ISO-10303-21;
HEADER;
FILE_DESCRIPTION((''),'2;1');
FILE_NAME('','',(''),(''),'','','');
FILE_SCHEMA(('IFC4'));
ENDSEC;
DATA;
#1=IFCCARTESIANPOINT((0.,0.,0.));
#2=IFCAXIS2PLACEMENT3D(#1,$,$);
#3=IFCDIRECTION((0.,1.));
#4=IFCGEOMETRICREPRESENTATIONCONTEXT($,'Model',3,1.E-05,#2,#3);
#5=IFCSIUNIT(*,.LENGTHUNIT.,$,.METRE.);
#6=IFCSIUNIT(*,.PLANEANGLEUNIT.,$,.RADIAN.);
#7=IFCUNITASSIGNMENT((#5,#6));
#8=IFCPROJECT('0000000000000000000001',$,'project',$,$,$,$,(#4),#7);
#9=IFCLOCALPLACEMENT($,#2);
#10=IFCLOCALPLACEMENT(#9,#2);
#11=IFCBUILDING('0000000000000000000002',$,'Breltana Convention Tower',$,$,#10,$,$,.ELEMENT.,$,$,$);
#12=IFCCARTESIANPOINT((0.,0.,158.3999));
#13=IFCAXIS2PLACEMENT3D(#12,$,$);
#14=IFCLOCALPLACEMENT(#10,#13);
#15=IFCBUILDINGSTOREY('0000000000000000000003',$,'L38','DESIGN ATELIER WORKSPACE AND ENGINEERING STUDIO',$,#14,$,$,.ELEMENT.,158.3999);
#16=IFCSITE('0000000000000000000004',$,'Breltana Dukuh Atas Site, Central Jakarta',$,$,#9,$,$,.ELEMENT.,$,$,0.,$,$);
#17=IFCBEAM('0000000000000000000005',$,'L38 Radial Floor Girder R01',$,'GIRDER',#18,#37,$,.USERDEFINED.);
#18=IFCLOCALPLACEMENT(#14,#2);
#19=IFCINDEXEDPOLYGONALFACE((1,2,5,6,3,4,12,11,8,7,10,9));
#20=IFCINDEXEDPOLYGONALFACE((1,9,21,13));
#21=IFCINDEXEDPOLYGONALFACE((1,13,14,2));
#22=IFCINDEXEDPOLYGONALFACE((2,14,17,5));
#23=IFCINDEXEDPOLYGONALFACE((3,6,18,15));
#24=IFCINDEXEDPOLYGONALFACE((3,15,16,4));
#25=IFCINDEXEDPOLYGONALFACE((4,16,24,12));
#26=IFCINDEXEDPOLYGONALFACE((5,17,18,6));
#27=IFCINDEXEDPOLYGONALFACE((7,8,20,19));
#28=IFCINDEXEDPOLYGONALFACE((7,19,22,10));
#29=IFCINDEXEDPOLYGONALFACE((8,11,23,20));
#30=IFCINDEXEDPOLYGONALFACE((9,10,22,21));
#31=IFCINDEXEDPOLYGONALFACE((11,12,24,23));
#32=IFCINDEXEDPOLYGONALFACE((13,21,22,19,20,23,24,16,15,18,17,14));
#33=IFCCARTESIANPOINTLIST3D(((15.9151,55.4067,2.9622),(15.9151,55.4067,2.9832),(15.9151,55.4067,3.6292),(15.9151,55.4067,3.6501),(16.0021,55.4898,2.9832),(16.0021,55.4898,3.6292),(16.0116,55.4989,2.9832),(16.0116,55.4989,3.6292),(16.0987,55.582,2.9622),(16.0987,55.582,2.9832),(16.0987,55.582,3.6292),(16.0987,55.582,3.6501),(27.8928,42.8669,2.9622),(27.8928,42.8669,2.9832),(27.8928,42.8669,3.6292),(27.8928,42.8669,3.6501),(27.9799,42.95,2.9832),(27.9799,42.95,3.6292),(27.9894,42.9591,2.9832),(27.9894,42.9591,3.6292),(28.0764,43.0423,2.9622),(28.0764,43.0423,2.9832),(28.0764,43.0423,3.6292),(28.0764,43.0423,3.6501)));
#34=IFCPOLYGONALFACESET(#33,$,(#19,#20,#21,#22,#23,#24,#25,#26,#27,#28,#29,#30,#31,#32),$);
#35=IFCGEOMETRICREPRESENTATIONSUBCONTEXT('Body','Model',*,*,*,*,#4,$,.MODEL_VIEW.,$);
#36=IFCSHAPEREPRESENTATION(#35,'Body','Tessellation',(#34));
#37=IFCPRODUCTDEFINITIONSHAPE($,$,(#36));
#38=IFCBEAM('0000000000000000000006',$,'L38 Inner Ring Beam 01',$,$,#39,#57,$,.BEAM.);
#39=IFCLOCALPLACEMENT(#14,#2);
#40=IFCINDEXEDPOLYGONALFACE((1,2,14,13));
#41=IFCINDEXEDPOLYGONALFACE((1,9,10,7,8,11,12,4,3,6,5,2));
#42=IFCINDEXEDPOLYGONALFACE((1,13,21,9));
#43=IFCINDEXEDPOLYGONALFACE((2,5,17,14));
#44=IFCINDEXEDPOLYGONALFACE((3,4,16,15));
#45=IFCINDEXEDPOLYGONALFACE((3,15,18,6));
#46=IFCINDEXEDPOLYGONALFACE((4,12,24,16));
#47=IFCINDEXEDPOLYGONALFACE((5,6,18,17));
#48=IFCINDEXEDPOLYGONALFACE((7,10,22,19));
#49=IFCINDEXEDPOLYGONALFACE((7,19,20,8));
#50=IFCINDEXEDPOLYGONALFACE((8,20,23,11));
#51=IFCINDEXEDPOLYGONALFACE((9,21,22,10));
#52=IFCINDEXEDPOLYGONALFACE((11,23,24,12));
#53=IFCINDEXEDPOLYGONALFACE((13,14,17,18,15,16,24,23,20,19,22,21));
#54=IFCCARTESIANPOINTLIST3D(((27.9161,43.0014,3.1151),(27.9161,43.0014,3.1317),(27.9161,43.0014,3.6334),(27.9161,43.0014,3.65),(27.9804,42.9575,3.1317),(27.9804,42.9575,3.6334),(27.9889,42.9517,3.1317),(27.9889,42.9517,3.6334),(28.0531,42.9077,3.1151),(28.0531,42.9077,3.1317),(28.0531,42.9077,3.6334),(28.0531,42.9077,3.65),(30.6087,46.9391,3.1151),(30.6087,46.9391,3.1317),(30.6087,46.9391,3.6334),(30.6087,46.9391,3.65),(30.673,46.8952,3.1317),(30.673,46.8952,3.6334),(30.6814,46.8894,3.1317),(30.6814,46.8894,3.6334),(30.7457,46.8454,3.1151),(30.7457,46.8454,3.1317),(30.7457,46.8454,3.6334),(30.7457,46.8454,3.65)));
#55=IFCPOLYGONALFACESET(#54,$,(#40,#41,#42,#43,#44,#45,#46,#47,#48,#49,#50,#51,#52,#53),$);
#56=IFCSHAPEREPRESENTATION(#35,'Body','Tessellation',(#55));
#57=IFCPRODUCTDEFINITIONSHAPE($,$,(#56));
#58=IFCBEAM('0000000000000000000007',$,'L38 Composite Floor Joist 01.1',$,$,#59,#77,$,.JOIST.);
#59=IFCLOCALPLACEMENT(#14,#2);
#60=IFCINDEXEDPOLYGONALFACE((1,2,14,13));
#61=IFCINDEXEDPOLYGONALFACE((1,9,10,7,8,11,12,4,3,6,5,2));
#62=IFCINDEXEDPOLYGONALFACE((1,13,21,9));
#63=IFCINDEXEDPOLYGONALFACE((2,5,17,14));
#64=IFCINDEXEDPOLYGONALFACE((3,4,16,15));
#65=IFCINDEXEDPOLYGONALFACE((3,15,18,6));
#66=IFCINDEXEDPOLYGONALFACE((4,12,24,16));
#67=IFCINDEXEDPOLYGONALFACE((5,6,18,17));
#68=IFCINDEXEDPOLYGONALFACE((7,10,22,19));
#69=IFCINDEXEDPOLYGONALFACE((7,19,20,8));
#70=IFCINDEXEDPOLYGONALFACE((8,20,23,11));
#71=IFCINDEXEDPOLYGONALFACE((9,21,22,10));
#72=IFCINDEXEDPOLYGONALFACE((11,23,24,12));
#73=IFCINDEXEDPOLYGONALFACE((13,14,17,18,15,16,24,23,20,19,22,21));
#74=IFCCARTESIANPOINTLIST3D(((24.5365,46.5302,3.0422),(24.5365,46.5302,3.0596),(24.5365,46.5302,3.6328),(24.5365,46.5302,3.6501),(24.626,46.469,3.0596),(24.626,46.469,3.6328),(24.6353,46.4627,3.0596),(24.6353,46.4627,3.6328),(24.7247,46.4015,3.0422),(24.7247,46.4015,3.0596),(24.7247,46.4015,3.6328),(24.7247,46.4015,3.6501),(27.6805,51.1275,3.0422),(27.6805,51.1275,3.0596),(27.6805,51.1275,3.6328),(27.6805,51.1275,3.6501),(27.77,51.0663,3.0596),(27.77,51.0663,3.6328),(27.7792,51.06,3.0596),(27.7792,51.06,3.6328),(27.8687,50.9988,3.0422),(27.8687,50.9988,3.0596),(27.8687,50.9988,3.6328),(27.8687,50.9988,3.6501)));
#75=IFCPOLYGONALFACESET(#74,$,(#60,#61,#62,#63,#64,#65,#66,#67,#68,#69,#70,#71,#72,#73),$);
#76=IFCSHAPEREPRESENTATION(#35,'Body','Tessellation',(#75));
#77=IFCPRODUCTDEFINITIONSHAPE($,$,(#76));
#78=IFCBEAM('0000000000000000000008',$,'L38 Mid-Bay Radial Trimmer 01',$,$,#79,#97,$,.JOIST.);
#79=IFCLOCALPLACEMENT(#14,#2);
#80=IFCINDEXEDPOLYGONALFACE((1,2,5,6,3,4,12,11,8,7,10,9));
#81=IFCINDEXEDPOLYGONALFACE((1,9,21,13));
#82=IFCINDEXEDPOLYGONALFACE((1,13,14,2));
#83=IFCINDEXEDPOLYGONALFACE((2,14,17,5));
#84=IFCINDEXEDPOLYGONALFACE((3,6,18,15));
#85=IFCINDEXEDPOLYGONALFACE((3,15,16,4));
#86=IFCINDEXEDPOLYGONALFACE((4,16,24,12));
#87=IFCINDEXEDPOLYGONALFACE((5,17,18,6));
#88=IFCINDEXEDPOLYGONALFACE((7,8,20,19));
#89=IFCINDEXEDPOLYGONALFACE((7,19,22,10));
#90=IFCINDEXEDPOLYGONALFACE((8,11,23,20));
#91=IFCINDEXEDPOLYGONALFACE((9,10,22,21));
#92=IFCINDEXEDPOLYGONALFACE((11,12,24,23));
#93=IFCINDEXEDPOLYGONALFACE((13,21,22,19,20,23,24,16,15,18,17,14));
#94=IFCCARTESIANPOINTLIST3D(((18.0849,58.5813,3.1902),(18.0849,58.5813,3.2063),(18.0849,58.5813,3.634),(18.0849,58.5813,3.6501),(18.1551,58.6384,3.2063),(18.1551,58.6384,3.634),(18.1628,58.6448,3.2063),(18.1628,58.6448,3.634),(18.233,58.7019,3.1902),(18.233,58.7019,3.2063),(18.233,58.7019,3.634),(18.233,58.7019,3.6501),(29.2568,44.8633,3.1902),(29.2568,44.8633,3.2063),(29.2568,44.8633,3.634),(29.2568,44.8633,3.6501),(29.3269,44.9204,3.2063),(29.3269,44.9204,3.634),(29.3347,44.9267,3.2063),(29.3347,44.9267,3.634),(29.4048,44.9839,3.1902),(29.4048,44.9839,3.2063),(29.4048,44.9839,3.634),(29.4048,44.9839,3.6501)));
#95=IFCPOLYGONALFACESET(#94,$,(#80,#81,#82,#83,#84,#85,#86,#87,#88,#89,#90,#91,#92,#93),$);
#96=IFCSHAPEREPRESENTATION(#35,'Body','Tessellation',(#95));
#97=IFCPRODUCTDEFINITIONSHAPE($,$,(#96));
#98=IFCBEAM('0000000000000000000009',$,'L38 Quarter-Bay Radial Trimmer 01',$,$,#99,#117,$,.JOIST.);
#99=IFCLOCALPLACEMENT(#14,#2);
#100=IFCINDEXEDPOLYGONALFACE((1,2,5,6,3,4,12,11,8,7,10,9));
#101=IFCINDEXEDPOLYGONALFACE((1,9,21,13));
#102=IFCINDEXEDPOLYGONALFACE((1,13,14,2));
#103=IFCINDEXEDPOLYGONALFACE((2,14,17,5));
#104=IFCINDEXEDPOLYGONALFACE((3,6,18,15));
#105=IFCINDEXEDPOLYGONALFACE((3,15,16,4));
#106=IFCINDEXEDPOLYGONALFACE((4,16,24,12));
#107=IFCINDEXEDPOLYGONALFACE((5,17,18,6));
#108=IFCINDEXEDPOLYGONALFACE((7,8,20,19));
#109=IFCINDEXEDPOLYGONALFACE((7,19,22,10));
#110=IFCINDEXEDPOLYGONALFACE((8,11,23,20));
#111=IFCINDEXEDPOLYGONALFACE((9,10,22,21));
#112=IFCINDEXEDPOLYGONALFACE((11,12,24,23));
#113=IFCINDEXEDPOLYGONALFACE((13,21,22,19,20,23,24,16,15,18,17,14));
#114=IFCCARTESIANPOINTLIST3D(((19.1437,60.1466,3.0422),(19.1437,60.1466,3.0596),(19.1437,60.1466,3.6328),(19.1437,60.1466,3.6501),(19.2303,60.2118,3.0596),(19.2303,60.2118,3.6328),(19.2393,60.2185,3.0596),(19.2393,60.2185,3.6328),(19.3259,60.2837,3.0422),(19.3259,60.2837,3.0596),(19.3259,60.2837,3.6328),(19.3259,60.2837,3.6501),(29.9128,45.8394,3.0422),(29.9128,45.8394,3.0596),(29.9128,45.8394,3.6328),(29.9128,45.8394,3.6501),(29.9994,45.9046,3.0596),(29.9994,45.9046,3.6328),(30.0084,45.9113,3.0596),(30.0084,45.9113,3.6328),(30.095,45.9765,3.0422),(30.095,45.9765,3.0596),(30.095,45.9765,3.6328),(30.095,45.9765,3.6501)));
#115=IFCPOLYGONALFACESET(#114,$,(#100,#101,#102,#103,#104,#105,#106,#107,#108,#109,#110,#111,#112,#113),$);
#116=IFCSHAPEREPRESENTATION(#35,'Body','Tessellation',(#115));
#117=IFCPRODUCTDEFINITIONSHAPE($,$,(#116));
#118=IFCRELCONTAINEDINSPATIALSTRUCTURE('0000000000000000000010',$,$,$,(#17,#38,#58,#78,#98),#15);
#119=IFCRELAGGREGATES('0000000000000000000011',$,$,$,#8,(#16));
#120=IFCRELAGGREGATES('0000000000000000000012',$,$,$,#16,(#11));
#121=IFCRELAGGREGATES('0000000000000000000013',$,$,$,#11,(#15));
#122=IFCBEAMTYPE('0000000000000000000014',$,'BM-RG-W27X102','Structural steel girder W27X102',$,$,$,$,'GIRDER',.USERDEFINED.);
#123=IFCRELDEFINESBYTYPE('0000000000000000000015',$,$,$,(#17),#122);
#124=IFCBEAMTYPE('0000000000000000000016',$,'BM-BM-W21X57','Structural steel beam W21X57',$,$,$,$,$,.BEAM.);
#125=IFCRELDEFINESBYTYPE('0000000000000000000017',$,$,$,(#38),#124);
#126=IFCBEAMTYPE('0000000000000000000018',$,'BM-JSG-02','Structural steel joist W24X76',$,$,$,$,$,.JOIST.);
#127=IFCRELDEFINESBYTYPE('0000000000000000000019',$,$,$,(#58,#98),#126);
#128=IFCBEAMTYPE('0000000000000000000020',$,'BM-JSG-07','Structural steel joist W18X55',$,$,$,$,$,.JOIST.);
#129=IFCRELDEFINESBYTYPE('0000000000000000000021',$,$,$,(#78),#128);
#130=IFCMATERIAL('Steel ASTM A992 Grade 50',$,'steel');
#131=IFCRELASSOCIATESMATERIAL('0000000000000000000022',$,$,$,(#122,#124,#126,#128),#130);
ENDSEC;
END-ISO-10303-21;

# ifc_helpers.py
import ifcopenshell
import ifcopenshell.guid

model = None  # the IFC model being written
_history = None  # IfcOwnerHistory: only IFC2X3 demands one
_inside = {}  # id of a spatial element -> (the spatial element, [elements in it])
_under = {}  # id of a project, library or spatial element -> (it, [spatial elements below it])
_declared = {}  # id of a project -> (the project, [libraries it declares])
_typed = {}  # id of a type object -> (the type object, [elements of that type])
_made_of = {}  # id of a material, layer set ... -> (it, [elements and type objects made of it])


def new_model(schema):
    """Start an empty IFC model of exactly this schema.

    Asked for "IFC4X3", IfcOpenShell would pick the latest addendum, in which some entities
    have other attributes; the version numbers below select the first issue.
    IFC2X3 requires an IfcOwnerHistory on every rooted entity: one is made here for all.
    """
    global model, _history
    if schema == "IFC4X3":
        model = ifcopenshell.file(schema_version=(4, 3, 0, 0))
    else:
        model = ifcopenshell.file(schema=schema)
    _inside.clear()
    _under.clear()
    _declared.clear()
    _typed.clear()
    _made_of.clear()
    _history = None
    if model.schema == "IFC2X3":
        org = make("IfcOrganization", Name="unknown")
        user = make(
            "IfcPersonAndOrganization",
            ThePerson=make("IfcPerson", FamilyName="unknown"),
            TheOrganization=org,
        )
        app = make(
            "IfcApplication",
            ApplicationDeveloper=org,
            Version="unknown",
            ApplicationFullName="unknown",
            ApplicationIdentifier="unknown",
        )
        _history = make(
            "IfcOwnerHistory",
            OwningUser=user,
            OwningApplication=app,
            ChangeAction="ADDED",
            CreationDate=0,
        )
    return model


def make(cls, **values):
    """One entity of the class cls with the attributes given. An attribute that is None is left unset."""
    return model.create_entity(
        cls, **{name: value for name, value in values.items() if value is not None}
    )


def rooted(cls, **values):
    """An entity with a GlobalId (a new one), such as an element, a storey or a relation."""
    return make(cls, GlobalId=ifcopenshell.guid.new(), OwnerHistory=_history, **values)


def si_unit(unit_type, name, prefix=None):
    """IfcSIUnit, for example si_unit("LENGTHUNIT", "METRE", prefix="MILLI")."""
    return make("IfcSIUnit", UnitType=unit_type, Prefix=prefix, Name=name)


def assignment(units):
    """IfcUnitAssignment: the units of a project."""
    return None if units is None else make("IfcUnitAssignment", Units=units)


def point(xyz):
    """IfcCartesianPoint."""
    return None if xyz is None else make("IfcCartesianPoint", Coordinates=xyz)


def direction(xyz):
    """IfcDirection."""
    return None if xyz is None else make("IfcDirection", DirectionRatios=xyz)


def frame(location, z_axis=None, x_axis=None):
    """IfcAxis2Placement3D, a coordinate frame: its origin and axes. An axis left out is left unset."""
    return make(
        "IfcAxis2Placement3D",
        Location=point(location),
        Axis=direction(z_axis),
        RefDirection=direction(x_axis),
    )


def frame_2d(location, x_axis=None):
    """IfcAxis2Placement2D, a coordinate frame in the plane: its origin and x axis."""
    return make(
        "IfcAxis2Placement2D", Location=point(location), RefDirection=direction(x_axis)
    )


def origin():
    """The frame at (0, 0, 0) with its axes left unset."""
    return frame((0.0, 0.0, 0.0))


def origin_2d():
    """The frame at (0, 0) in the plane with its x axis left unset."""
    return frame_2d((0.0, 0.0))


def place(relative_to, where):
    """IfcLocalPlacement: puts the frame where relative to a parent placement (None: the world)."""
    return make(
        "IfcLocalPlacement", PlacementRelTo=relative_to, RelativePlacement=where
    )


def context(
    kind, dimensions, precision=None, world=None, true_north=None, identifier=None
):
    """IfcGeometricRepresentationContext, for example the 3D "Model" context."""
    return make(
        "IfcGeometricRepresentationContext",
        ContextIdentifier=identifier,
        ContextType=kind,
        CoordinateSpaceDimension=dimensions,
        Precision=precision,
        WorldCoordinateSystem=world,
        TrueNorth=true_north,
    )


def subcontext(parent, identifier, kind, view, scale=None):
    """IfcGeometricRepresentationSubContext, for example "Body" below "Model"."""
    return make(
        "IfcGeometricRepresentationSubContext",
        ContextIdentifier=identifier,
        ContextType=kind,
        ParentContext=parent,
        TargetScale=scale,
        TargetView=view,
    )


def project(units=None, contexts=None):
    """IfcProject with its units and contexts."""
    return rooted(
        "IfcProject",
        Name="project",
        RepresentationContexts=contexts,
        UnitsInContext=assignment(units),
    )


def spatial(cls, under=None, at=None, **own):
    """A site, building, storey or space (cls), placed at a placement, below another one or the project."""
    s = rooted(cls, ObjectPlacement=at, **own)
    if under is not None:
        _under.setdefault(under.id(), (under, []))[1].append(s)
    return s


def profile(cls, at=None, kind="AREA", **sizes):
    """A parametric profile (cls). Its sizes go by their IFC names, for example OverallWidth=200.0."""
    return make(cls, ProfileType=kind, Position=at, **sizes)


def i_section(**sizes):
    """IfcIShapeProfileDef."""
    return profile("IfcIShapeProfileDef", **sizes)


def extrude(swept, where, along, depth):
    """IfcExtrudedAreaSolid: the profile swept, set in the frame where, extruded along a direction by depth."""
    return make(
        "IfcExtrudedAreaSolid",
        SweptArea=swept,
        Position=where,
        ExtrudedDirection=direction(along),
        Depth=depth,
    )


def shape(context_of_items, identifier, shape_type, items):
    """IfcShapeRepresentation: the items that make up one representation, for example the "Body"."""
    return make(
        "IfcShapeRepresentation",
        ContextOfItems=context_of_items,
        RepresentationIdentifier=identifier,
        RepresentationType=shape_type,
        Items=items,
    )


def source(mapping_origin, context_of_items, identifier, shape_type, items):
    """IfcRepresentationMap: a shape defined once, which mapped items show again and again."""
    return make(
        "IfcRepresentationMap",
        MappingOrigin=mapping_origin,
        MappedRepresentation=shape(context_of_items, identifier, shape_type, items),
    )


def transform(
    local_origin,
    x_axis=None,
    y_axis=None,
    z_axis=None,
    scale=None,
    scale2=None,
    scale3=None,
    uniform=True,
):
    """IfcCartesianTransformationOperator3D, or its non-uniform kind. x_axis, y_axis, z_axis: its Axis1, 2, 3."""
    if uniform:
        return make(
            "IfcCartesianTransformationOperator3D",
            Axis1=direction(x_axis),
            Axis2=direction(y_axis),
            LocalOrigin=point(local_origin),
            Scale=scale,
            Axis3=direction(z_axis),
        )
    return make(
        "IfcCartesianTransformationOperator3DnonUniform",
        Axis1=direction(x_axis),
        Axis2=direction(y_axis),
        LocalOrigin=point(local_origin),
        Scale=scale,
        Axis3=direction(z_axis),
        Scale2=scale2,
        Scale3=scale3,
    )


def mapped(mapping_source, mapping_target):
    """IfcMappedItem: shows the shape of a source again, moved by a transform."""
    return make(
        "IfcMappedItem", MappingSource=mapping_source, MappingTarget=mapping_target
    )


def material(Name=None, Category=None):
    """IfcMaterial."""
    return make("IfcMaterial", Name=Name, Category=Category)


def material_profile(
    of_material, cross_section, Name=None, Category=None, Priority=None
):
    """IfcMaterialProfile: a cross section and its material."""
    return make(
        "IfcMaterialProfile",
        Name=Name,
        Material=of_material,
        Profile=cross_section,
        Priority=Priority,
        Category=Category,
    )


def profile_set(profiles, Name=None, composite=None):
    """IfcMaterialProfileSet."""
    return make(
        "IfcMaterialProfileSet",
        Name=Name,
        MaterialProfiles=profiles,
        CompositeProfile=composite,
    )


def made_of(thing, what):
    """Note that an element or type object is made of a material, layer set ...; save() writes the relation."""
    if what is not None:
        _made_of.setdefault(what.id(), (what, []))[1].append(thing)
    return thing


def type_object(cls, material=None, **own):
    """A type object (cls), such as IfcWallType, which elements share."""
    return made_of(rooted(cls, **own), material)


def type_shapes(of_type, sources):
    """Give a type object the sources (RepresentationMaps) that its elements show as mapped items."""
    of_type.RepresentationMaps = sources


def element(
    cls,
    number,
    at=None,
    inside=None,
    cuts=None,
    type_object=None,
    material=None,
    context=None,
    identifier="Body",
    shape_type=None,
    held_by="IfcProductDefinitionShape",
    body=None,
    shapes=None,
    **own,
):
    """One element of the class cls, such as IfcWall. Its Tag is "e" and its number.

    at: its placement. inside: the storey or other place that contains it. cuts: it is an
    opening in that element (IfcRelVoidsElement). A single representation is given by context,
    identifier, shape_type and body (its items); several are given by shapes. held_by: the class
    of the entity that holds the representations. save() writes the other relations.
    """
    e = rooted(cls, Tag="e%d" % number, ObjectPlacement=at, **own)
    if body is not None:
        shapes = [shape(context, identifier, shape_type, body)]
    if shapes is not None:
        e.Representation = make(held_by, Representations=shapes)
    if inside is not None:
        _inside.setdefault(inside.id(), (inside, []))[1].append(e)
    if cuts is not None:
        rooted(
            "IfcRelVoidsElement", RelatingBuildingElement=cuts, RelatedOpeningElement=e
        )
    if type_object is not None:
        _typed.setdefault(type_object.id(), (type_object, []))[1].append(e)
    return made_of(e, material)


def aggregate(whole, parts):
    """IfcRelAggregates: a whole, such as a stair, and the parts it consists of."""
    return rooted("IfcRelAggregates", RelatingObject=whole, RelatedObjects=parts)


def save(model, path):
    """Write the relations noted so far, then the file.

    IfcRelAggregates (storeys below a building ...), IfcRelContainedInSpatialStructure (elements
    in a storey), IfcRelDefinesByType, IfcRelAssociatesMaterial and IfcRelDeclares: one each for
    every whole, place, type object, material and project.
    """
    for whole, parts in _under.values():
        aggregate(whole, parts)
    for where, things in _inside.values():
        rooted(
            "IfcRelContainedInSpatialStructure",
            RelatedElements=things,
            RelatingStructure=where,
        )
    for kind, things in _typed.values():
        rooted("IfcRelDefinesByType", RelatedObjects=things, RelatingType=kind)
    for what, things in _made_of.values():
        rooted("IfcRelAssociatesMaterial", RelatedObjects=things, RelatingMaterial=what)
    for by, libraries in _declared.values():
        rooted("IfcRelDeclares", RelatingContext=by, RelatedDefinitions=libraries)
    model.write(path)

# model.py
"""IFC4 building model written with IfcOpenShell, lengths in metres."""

from ifc_helpers import new_model, si_unit, direction, frame, origin, origin_2d, place, context, subcontext, project, spatial, i_section, extrude, source, transform, mapped, material, material_profile, profile_set, type_object, type_shapes, element, save


model = new_model("IFC4")

# Units and contexts
model_context = context("Model", 3, precision=1e-05, world=origin(), true_north=direction((0.0, 1.0)))
body_context = subcontext(model_context, "Body", "Model", "MODEL_VIEW")
ifc_project = project(units=[si_unit("LENGTHUNIT", "METRE"), si_unit("PLANEANGLEUNIT", "RADIAN")], contexts=[model_context])

# Site, building, storey
site_placement = place(None, origin())
site = spatial("IfcSite", under=ifc_project, at=site_placement, Name="Breltana Dukuh Atas Site, Central Jakarta", CompositionType="ELEMENT", RefElevation=0.0)
building_placement = place(site_placement, origin())
building = spatial("IfcBuilding", under=site, at=building_placement, Name="Breltana Convention Tower", CompositionType="ELEMENT")
storey_placement = place(building_placement, frame((0.0, 0.0, 158.3999)))
storey = spatial("IfcBuildingStorey", under=building, at=storey_placement, Name="L38", Description="DESIGN ATELIER WORKSPACE AND ENGINEERING STUDIO", CompositionType="ELEMENT", Elevation=158.3999)

# Beams
ifc_material_1 = material(Name="Steel ASTM A992 Grade 50", Category="steel")
ifc_material_profile_1 = material_profile(ifc_material_1, i_section(OverallWidth=0.2539, OverallDepth=0.688, WebThickness=0.0132, FlangeThickness=0.021, at=origin_2d()), Name="W27X102")
ifc_profile_set_1 = profile_set([ifc_material_profile_1], Name="Steel ASTM A992 Grade 50")
beam_type_1 = type_object("IfcBeamType", Name="BM-RG-W27X102", Description="Structural steel girder W27X102", ElementType="GIRDER", PredefinedType="USERDEFINED", material=ifc_profile_set_1)
shared_shape_1 = source(origin(), body_context, "Body", "SweptSolid", [
    extrude(i_section(OverallWidth=0.2539, OverallDepth=0.688, WebThickness=0.0132, FlangeThickness=0.021, at=origin_2d()), origin(), (0.0, 0.0, 1.0), 17.3411),
])
type_shapes(beam_type_1, [shared_shape_1])
beam_1_placement = place(storey_placement, frame((27.9846, 42.9546, 3.3062), z_axis=(-0.690716, 0.723126, 0.0), x_axis=(-0.723126, -0.690716, 0.0)))
element("IfcBeam", 1, at=beam_1_placement, inside=storey, type_object=beam_type_1, Name="L38 Radial Floor Girder R01", ObjectType="GIRDER", PredefinedType="USERDEFINED", context=body_context, shape_type="MappedRepresentation", body=[
    mapped(shared_shape_1, transform((0.0, 0.0, 0.0), scale=1.0)),
])
ifc_material_profile_2 = material_profile(ifc_material_1, i_section(OverallWidth=0.166, OverallDepth=0.5349, WebThickness=0.0103, FlangeThickness=0.0166, at=origin_2d()), Name="W21X57")
ifc_profile_set_2 = profile_set([ifc_material_profile_2], Name="Steel ASTM A992 Grade 50")
beam_type_2 = type_object("IfcBeamType", Name="BM-BM-W21X57", Description="Structural steel beam W21X57", PredefinedType="BEAM", material=ifc_profile_set_2)
shared_shape_2 = source(origin(), body_context, "Body", "SweptSolid", [
    extrude(i_section(OverallWidth=0.166, OverallDepth=0.5349, WebThickness=0.0103, FlangeThickness=0.0166, at=origin_2d()), origin(), (0.0, 0.0, 1.0), 4.7703),
])
beam_2_placement = place(storey_placement, frame((27.9846, 42.9546, 3.3826), z_axis=(0.564453, 0.825465, 0.0), x_axis=(-0.825465, 0.564453, 0.0)))
element("IfcBeam", 2, at=beam_2_placement, inside=storey, type_object=beam_type_2, Name="L38 Inner Ring Beam 01", PredefinedType="BEAM", context=body_context, shape_type="MappedRepresentation", body=[
    mapped(shared_shape_2, transform((0.0, 0.0, 0.0), scale=1.0)),
])
ifc_material_profile_3 = material_profile(ifc_material_1, i_section(OverallWidth=0.228, OverallDepth=0.6079, WebThickness=0.0112, FlangeThickness=0.0173, at=origin_2d()), Name="W24X76")
ifc_profile_set_3 = profile_set([ifc_material_profile_3], Name="Steel ASTM A992 Grade 50")
beam_type_3 = type_object("IfcBeamType", Name="BM-JSG-02", Description="Structural steel joist W24X76", PredefinedType="JOIST", material=ifc_profile_set_3)
shared_shape_3 = source(origin(), body_context, "Body", "SweptSolid", [
    extrude(i_section(OverallWidth=0.228, OverallDepth=0.6079, WebThickness=0.0112, FlangeThickness=0.0173, at=origin_2d()), origin(), (0.0, 0.0, 1.0), 5.5696),
])
beam_3_placement = place(storey_placement, frame((24.6306, 46.4658, 3.3462), z_axis=(0.564494, 0.825437, 0.0), x_axis=(-0.825437, 0.564494, 0.0)))
element("IfcBeam", 3, at=beam_3_placement, inside=storey, type_object=beam_type_3, Name="L38 Composite Floor Joist 01.1", PredefinedType="JOIST", context=body_context, shape_type="MappedRepresentation", body=[
    mapped(shared_shape_3, transform((0.0, 0.0, 0.0), scale=1.0)),
])
ifc_material_profile_4 = material_profile(ifc_material_1, i_section(OverallWidth=0.1909, OverallDepth=0.46, WebThickness=0.01, FlangeThickness=0.0161, at=origin_2d()), Name="W18X55")
ifc_profile_set_4 = profile_set([ifc_material_profile_4], Name="Steel ASTM A992 Grade 50")
beam_type_4 = type_object("IfcBeamType", Name="BM-JSG-07", Description="Structural steel joist W18X55", PredefinedType="JOIST", material=ifc_profile_set_4)
shared_shape_4 = source(origin(), body_context, "Body", "SweptSolid", [
    extrude(i_section(OverallWidth=0.1909, OverallDepth=0.46, WebThickness=0.01, FlangeThickness=0.0161, at=origin_2d()), origin(), (0.0, 0.0, 1.0), 17.6917),
])
beam_4_placement = place(storey_placement, frame((29.3308, 44.9236, 3.4202), z_axis=(-0.631477, 0.775395, 0.0), x_axis=(-0.775395, -0.631477, 0.0)))
element("IfcBeam", 4, at=beam_4_placement, inside=storey, type_object=beam_type_4, Name="L38 Mid-Bay Radial Trimmer 01", PredefinedType="JOIST", context=body_context, shape_type="MappedRepresentation", body=[
    mapped(shared_shape_4, transform((0.0, 0.0, 0.0), scale=1.0)),
])
shared_shape_5 = source(origin(), body_context, "Body", "SweptSolid", [
    extrude(i_section(OverallWidth=0.228, OverallDepth=0.6079, WebThickness=0.0112, FlangeThickness=0.0173, at=origin_2d()), origin(), (0.0, 0.0, 1.0), 17.9072),
])
beam_5_placement = place(storey_placement, frame((30.0039, 45.908, 3.3462), z_axis=(-0.601382, 0.798962, 0.0), x_axis=(-0.798962, -0.601382, 0.0)))
element("IfcBeam", 5, at=beam_5_placement, inside=storey, type_object=beam_type_3, Name="L38 Quarter-Bay Radial Trimmer 01", PredefinedType="JOIST", context=body_context, shape_type="MappedRepresentation", body=[
    mapped(shared_shape_5, transform((0.0, 0.0, 0.0), scale=1.0)),
])

save(model, "model.ifc")
